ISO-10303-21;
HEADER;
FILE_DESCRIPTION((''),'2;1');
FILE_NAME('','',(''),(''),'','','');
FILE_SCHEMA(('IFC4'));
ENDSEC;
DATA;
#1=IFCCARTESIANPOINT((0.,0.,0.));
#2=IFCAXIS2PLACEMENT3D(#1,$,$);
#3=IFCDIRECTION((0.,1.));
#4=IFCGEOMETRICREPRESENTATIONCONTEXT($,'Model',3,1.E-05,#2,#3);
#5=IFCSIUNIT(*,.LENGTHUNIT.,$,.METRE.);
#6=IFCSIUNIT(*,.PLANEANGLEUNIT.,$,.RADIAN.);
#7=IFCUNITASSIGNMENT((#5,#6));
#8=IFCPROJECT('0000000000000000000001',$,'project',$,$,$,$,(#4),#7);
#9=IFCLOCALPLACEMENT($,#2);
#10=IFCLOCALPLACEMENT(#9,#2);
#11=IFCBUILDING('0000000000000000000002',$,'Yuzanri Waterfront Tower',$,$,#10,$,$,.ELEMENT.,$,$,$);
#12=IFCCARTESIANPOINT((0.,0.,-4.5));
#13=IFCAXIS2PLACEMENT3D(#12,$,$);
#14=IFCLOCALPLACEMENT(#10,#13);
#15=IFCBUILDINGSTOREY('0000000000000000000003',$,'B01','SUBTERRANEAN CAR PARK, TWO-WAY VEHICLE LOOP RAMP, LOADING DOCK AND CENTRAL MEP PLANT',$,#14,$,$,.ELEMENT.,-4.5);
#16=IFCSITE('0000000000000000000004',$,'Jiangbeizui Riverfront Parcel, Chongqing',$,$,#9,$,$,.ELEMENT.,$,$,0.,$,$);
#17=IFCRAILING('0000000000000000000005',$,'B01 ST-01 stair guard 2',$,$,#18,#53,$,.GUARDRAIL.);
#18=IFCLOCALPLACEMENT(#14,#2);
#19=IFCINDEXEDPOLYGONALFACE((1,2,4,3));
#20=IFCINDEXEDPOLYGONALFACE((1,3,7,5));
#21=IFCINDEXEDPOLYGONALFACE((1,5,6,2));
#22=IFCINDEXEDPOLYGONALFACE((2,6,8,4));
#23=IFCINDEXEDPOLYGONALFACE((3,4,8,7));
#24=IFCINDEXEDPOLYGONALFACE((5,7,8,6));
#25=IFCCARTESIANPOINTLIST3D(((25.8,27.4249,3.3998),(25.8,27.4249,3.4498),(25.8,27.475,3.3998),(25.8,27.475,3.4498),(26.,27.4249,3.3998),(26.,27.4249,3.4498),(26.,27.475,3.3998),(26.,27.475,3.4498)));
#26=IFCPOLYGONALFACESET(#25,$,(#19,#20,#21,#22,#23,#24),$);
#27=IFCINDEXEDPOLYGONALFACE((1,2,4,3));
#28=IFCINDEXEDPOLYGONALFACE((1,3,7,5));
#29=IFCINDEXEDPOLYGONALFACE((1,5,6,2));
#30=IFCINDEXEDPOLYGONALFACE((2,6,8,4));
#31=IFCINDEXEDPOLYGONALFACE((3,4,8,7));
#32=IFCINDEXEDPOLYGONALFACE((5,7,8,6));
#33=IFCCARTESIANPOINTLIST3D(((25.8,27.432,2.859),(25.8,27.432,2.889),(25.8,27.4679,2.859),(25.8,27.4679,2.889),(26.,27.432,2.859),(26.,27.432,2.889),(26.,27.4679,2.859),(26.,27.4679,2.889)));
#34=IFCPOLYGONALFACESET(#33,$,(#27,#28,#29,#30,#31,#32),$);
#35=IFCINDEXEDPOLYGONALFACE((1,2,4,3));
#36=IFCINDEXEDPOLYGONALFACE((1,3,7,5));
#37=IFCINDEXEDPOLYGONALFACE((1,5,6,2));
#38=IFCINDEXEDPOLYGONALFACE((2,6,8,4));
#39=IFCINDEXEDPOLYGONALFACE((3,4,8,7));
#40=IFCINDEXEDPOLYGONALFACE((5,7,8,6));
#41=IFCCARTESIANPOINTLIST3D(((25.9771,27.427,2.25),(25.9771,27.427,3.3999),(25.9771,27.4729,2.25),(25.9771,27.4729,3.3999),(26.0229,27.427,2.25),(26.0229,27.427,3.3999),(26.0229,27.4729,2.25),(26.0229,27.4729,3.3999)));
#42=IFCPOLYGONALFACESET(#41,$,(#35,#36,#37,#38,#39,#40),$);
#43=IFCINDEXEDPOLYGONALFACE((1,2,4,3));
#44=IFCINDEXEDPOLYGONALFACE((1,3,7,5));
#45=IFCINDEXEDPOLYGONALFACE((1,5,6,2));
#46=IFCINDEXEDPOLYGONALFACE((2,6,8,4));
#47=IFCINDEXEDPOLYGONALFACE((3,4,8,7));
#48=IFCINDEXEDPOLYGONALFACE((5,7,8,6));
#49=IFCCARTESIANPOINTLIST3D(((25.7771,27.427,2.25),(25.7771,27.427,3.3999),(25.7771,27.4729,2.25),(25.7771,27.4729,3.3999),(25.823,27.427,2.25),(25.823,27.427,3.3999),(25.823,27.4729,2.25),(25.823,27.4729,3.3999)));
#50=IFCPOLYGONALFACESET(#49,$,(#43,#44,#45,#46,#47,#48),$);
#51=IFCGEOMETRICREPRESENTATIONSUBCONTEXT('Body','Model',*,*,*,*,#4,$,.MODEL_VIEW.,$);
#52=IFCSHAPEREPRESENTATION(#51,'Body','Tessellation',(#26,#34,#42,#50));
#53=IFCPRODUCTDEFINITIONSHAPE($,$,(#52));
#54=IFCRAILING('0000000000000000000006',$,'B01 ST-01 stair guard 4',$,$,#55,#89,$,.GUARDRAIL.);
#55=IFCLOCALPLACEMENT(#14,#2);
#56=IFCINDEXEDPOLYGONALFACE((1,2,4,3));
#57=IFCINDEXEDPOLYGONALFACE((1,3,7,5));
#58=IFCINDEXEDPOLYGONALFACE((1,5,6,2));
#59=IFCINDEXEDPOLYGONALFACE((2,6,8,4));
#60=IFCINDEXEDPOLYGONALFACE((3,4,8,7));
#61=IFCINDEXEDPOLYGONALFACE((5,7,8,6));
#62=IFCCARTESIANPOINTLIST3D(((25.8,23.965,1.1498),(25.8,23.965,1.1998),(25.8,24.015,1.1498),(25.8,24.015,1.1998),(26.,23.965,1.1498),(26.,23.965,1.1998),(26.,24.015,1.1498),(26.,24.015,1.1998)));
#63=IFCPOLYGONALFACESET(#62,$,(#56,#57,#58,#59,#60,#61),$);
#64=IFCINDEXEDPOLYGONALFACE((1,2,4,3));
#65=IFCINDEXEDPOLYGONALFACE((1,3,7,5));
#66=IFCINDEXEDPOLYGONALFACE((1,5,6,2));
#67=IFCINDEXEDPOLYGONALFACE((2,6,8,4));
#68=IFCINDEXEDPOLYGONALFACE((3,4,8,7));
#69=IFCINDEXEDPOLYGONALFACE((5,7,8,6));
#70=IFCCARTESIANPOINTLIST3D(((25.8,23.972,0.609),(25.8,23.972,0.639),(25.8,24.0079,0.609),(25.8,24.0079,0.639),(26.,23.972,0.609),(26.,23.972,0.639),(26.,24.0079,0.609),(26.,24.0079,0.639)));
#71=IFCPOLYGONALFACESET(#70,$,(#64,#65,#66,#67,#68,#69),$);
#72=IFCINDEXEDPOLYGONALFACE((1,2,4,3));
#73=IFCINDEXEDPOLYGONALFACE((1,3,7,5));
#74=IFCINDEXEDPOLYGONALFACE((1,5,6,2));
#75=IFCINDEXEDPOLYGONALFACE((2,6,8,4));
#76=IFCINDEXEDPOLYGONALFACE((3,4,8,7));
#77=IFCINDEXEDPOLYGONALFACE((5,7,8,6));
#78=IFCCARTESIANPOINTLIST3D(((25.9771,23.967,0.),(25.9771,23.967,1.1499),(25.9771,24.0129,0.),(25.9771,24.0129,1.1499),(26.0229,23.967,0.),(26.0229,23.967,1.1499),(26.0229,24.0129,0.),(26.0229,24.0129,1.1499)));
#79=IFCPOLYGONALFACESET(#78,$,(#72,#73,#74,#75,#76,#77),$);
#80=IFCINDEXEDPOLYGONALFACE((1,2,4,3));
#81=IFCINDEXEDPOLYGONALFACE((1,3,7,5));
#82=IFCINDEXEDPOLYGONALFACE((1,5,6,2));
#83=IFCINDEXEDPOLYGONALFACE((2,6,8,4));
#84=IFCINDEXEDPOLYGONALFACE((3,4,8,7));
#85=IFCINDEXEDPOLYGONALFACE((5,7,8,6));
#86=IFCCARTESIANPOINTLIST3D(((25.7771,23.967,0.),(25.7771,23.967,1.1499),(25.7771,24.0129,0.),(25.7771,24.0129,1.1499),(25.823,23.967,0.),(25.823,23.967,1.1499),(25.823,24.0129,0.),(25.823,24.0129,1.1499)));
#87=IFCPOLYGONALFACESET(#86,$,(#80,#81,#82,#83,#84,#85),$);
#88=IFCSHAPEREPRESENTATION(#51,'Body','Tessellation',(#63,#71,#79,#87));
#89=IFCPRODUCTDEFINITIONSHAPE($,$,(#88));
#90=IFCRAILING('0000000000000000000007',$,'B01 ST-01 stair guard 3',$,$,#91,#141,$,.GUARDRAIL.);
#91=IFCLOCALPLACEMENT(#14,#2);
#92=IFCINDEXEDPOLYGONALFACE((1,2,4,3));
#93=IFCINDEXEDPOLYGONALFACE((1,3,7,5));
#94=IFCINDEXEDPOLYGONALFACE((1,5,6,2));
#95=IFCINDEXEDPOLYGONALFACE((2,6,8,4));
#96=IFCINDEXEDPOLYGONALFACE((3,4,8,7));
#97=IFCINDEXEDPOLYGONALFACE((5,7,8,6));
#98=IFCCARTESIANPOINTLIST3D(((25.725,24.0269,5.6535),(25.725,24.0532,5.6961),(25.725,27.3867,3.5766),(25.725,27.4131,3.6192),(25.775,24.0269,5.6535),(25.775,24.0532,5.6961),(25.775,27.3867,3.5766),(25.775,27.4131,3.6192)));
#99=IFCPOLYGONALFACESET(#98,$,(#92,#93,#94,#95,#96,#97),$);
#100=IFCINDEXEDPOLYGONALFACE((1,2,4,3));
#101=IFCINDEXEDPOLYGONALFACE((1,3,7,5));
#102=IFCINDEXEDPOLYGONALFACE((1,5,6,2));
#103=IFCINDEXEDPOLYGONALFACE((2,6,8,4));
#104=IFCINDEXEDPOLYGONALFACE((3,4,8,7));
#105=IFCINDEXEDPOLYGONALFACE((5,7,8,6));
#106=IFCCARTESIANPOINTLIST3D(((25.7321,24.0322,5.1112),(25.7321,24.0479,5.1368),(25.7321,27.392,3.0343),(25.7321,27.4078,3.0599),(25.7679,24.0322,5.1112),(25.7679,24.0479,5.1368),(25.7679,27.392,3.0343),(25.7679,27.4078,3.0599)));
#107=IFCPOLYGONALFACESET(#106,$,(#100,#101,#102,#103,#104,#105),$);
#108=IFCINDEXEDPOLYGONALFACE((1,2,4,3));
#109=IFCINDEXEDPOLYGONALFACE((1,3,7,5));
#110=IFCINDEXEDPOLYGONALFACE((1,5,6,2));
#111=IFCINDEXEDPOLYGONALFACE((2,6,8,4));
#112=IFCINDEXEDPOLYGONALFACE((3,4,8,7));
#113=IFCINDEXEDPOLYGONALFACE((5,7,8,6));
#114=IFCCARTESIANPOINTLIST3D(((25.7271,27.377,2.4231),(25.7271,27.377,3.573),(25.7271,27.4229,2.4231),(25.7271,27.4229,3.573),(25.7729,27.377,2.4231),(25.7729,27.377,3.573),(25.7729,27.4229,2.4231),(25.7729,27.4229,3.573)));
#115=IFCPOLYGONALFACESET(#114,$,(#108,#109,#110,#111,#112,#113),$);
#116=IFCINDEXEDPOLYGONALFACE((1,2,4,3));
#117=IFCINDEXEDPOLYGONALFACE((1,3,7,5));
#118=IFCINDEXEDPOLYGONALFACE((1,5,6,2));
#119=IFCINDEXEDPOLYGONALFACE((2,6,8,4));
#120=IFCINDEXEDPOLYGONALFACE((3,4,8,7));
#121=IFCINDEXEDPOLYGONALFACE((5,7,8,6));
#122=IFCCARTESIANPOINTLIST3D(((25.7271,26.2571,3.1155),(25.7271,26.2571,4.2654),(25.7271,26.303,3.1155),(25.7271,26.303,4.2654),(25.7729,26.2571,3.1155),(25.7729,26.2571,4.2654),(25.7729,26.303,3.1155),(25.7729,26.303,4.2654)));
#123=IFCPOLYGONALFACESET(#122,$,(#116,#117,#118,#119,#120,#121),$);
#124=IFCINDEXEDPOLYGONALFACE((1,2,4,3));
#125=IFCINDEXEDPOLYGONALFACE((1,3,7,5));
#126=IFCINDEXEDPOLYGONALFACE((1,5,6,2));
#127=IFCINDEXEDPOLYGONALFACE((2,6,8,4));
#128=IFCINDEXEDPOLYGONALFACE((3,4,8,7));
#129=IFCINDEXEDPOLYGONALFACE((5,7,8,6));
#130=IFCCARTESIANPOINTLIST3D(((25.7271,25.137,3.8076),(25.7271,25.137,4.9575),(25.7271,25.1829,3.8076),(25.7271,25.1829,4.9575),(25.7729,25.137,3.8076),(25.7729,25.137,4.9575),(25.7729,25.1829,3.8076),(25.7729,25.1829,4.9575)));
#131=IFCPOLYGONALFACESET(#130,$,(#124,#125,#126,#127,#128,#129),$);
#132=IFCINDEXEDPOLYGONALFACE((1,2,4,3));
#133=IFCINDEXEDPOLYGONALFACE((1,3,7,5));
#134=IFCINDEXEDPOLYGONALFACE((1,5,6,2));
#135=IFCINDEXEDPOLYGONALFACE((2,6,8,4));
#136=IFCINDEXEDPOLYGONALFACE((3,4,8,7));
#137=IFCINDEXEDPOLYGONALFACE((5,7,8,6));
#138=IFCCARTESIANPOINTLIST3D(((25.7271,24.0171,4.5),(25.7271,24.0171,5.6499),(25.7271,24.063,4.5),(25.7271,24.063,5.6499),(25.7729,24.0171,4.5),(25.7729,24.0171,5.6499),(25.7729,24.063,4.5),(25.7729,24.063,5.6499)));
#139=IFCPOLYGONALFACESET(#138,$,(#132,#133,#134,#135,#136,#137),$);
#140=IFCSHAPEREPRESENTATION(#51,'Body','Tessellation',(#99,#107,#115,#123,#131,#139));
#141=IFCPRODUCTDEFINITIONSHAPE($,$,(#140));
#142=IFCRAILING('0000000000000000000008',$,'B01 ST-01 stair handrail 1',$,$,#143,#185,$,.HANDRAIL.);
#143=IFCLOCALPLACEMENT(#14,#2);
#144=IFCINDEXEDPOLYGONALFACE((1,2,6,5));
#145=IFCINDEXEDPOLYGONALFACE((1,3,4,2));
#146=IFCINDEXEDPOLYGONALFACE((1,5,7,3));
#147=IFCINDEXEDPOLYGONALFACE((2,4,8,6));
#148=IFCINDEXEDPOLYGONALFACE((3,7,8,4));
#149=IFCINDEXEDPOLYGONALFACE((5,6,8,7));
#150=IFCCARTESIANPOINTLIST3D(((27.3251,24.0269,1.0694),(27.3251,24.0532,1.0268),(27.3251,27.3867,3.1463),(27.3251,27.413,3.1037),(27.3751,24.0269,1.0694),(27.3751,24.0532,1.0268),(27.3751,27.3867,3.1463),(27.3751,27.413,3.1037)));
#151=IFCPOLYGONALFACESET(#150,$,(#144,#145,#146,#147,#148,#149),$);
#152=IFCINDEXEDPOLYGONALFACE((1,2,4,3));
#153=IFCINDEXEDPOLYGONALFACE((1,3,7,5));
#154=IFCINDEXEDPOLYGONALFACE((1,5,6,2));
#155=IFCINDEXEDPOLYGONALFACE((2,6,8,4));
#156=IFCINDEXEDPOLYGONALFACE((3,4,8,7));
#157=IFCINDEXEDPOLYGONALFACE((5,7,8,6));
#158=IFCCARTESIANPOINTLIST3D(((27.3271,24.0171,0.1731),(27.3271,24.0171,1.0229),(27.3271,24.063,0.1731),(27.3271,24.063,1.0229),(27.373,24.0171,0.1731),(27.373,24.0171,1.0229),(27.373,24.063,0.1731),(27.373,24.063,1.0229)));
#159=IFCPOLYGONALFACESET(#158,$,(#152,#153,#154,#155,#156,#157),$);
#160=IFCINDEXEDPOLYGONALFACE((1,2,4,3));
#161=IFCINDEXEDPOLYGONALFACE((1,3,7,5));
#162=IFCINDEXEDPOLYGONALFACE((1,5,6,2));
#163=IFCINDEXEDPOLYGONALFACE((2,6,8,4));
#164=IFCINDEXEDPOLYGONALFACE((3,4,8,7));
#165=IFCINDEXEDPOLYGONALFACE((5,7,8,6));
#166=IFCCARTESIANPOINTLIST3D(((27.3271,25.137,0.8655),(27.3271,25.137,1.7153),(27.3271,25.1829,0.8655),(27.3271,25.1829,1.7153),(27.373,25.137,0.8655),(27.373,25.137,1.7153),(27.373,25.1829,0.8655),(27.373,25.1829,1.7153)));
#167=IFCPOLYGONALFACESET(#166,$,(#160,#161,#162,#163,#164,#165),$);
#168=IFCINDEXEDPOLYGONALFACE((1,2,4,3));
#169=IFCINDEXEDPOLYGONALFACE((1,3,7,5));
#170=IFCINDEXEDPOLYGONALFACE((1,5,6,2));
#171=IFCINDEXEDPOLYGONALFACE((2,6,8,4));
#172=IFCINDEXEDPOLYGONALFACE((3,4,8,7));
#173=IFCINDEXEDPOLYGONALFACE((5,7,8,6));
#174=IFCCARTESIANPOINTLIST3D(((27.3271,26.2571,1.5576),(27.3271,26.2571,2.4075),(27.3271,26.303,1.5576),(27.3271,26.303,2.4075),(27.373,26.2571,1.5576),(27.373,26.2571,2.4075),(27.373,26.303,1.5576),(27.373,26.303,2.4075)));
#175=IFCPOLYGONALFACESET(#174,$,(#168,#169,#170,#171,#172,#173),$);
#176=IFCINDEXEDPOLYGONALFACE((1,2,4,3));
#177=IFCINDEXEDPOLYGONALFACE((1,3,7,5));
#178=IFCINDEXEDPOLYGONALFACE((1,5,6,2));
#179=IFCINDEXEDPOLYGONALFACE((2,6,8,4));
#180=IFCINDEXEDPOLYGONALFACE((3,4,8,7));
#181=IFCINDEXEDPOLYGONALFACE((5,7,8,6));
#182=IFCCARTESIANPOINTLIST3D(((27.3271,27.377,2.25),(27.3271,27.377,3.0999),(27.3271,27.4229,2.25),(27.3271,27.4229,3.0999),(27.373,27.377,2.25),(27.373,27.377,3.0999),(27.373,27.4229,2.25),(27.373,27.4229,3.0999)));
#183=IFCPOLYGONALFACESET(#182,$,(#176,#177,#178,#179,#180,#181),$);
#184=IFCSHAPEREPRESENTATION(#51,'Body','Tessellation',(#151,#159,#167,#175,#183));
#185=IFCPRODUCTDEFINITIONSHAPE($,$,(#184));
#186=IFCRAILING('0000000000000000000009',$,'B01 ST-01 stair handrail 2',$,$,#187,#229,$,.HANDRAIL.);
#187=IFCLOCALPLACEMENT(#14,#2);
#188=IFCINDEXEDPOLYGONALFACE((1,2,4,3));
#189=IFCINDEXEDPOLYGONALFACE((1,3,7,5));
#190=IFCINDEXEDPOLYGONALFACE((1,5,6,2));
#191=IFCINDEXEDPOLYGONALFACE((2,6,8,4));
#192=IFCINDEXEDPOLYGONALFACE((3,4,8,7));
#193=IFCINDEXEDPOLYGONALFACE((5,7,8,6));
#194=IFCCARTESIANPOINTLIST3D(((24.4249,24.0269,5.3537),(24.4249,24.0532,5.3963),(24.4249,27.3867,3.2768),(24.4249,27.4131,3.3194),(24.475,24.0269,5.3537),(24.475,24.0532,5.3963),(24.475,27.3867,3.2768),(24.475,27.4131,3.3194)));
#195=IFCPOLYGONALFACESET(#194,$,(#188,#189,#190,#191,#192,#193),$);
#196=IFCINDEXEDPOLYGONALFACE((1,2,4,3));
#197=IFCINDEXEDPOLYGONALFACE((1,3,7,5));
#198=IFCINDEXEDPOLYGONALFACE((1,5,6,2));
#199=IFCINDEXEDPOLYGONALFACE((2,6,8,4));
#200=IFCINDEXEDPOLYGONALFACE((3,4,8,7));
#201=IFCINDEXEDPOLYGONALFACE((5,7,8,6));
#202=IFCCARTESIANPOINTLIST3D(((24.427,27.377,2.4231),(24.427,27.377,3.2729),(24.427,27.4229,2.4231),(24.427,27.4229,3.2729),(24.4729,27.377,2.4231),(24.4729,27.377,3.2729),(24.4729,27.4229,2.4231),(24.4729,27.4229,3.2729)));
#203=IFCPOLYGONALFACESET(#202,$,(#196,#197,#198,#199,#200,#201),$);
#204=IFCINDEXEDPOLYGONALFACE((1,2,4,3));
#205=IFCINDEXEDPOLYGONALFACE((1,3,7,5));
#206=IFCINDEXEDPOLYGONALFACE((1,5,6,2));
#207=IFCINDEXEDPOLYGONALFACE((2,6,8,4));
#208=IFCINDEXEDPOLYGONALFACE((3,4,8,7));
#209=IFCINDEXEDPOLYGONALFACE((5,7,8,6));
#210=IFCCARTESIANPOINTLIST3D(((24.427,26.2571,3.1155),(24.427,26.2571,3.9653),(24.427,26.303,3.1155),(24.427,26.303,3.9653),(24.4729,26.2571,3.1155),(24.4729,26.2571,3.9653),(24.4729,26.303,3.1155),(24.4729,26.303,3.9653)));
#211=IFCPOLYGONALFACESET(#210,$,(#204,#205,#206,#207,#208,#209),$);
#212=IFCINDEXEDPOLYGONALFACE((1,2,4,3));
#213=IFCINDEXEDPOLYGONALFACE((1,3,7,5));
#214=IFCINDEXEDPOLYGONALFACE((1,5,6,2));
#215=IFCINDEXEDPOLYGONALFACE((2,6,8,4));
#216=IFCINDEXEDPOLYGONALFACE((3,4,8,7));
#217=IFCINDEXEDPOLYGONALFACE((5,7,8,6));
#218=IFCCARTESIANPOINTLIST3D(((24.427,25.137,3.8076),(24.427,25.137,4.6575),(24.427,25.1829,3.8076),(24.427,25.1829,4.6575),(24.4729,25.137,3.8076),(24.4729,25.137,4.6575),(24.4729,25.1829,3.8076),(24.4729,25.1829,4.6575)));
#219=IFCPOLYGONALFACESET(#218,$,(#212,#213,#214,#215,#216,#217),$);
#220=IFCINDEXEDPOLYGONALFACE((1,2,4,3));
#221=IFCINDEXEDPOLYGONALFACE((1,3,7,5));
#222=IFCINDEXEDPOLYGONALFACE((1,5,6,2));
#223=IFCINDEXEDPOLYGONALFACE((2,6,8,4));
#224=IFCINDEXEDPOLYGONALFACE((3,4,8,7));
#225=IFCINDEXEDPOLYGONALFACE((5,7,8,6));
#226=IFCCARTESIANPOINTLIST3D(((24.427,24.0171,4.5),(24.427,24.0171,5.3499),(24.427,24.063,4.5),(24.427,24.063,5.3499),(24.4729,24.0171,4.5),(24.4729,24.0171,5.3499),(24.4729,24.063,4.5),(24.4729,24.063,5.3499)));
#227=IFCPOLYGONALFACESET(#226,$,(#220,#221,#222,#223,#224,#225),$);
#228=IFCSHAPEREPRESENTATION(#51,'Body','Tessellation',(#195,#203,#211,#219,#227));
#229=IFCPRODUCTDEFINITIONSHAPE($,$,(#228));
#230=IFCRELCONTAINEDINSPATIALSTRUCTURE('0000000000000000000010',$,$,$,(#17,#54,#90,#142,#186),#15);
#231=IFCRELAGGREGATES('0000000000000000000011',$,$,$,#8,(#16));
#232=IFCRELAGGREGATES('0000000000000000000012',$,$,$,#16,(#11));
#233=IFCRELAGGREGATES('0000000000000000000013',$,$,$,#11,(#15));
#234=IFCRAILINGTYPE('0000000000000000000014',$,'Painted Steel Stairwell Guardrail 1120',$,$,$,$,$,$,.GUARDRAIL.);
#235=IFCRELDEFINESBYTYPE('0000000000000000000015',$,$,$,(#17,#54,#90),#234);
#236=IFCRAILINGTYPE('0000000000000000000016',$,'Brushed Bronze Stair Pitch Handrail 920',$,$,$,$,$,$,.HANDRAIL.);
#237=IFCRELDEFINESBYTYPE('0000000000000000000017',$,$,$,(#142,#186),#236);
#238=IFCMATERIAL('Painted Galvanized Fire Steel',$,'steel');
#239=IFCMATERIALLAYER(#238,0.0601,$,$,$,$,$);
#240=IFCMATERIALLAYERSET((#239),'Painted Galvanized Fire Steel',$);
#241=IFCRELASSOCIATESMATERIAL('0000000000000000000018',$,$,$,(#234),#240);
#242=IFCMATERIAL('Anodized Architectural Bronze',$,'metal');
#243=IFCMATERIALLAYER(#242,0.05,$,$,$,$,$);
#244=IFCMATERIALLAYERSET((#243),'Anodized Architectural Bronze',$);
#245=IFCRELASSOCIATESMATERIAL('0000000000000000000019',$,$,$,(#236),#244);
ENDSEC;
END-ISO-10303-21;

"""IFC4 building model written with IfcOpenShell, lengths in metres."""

from ifc_helpers import new_model, si_unit, direction, frame, origin, origin_2d, place, context, subcontext, project, spatial, rectangle, extrude, source, transform, mapped, material, layer, layer_set, type_object, element, save


model = new_model("IFC4")

# Units and contexts
model_context = context("Model", 3, precision=1e-05, world=origin(), true_north=direction((0.0, 1.0)))
body_context = subcontext(model_context, "Body", "Model", "MODEL_VIEW")
ifc_project = project(units=[si_unit("LENGTHUNIT", "METRE"), si_unit("PLANEANGLEUNIT", "RADIAN")], contexts=[model_context])

# Site, building, storey
site_placement = place(None, origin())
site = spatial("IfcSite", under=ifc_project, at=site_placement, Name="Jiangbeizui Riverfront Parcel, Chongqing", CompositionType="ELEMENT", RefElevation=0.0)
building_placement = place(site_placement, origin())
building = spatial("IfcBuilding", under=site, at=building_placement, Name="Yuzanri Waterfront Tower", CompositionType="ELEMENT")
storey_placement = place(building_placement, frame((0.0, 0.0, -4.5)))
storey = spatial("IfcBuildingStorey", under=building, at=storey_placement, Name="B01", Description="SUBTERRANEAN CAR PARK, TWO-WAY VEHICLE LOOP RAMP, LOADING DOCK AND CENTRAL MEP PLANT", CompositionType="ELEMENT", Elevation=-4.5)

# Railings
ifc_material_1 = material(Name="Painted Galvanized Fire Steel", Category="steel")
ifc_layer_1 = layer(ifc_material_1, 0.0601)
ifc_layer_set_1 = layer_set([ifc_layer_1], Name="Painted Galvanized Fire Steel")
railing_type_1 = type_object("IfcRailingType", Name="Painted Steel Stairwell Guardrail 1120", PredefinedType="GUARDRAIL", material=ifc_layer_set_1)
shared_shape_1 = source(origin(), body_context, "Body", "SweptSolid", [
    extrude(rectangle(XDim=0.05, YDim=0.05, at=origin_2d()), frame((0.0, 0.0, 1.1748), z_axis=(-1.0, 0.0, 0.0), x_axis=(0.0, -1.0, 0.0)), (0.0, 0.0, 1.0), 0.2),
    extrude(rectangle(XDim=0.0359, YDim=0.03, at=origin_2d()), frame((0.0, 0.0, 0.624), z_axis=(-1.0, 0.0, 0.0), x_axis=(0.0, -1.0, 0.0)), (0.0, 0.0, 1.0), 0.2),
    extrude(rectangle(XDim=0.0459, YDim=0.0459, at=origin_2d()), origin(), (0.0, 0.0, 1.0), 1.1499),
    extrude(rectangle(XDim=0.0459, YDim=0.0459, at=origin_2d()), frame((-0.2, 0.0, 0.0)), (0.0, 0.0, 1.0), 1.1499),
])
for number, where, name in (
    (1, (26.0, 27.45, 2.25), "B01 ST-01 stair guard 2"),
    (2, (26.0, 23.99, 0.0), "B01 ST-01 stair guard 4"),
):
    element("IfcRailing", number, at=place(storey_placement, frame(where)), inside=storey, type_object=railing_type_1, Name=name, PredefinedType="GUARDRAIL", context=body_context, shape_type="MappedRepresentation", body=[
        mapped(shared_shape_1, transform((0.0, 0.0, 0.0), scale=1.0)),
    ])
shared_shape_2 = source(origin(), body_context, "Body", "SweptSolid", [
    extrude(rectangle(XDim=0.05, YDim=0.05, at=origin_2d()), frame((0.0, 0.0, 1.1748), z_axis=(0.0, -0.850606, 0.525803), x_axis=(1.0, 0.0, 0.0)), (0.0, 0.0, 1.0), 3.95),
    extrude(rectangle(XDim=0.0359, YDim=0.03, at=origin_2d()), frame((0.0, 0.0, 0.624), z_axis=(0.0, -0.850606, 0.525803), x_axis=(1.0, 0.0, 0.0)), (0.0, 0.0, 1.0), 3.95),
    extrude(rectangle(XDim=0.0459, YDim=0.0459, at=origin_2d()), origin(), (0.0, 0.0, 1.0), 1.1499),
    extrude(rectangle(XDim=0.0459, YDim=0.0459, at=origin_2d()), frame((0.0, -1.1199, 0.6924)), (0.0, 0.0, 1.0), 1.1499),
    extrude(rectangle(XDim=0.0459, YDim=0.0459, at=origin_2d()), frame((0.0, -2.24, 1.3845)), (0.0, 0.0, 1.0), 1.1499),
    extrude(rectangle(XDim=0.0459, YDim=0.0459, at=origin_2d()), frame((0.0, -3.3599, 2.0769)), (0.0, 0.0, 1.0), 1.1499),
])
railing_1_placement = place(storey_placement, frame((25.75, 27.3999, 2.4231)))
element("IfcRailing", 3, at=railing_1_placement, inside=storey, type_object=railing_type_1, Name="B01 ST-01 stair guard 3", PredefinedType="GUARDRAIL", context=body_context, shape_type="MappedRepresentation", body=[
    mapped(shared_shape_2, transform((0.0, 0.0, 0.0), scale=1.0)),
])
ifc_material_2 = material(Name="Anodized Architectural Bronze", Category="metal")
ifc_layer_2 = layer(ifc_material_2, 0.05)
ifc_layer_set_2 = layer_set([ifc_layer_2], Name="Anodized Architectural Bronze")
railing_type_2 = type_object("IfcRailingType", Name="Brushed Bronze Stair Pitch Handrail 920", PredefinedType="HANDRAIL", material=ifc_layer_set_2)
shared_shape_3 = source(origin(), body_context, "Body", "SweptSolid", [
    extrude(rectangle(XDim=0.05, YDim=0.05, at=origin_2d()), frame((0.0, 0.0, 0.875), z_axis=(0.0, 0.850606, 0.525803), x_axis=(-1.0, 0.0, 0.0)), (0.0, 0.0, 1.0), 3.95),
    extrude(rectangle(XDim=0.0459, YDim=0.0459, at=origin_2d()), origin(), (0.0, 0.0, 1.0), 0.8499),
    extrude(rectangle(XDim=0.0459, YDim=0.0459, at=origin_2d()), frame((0.0, 1.1199, 0.6924)), (0.0, 0.0, 1.0), 0.8499),
    extrude(rectangle(XDim=0.0459, YDim=0.0459, at=origin_2d()), frame((0.0, 2.24, 1.3845)), (0.0, 0.0, 1.0), 0.8499),
    extrude(rectangle(XDim=0.0459, YDim=0.0459, at=origin_2d()), frame((0.0, 3.3599, 2.0769)), (0.0, 0.0, 1.0), 0.8499),
])
railing_2_placement = place(storey_placement, frame((27.3501, 24.04, 0.1731)))
element("IfcRailing", 4, at=railing_2_placement, inside=storey, type_object=railing_type_2, Name="B01 ST-01 stair handrail 1", PredefinedType="HANDRAIL", context=body_context, shape_type="MappedRepresentation", body=[
    mapped(shared_shape_3, transform((0.0, 0.0, 0.0), scale=1.0)),
])
shared_shape_4 = source(origin(), body_context, "Body", "SweptSolid", [
    extrude(rectangle(XDim=0.05, YDim=0.05, at=origin_2d()), frame((0.0, 0.0, 0.875), z_axis=(0.0, -0.850606, 0.525803), x_axis=(1.0, 0.0, 0.0)), (0.0, 0.0, 1.0), 3.95),
    extrude(rectangle(XDim=0.0459, YDim=0.0459, at=origin_2d()), origin(), (0.0, 0.0, 1.0), 0.8499),
    extrude(rectangle(XDim=0.0459, YDim=0.0459, at=origin_2d()), frame((0.0, -1.1199, 0.6924)), (0.0, 0.0, 1.0), 0.8499),
    extrude(rectangle(XDim=0.0459, YDim=0.0459, at=origin_2d()), frame((0.0, -2.24, 1.3845)), (0.0, 0.0, 1.0), 0.8499),
    extrude(rectangle(XDim=0.0459, YDim=0.0459, at=origin_2d()), frame((0.0, -3.3599, 2.0769)), (0.0, 0.0, 1.0), 0.8499),
])
railing_3_placement = place(storey_placement, frame((24.45, 27.3999, 2.4231)))
element("IfcRailing", 5, at=railing_3_placement, inside=storey, type_object=railing_type_2, Name="B01 ST-01 stair handrail 2", PredefinedType="HANDRAIL", context=body_context, shape_type="MappedRepresentation", body=[
    mapped(shared_shape_4, transform((0.0, 0.0, 0.0), scale=1.0)),
])

save(model, "model.ifc")
